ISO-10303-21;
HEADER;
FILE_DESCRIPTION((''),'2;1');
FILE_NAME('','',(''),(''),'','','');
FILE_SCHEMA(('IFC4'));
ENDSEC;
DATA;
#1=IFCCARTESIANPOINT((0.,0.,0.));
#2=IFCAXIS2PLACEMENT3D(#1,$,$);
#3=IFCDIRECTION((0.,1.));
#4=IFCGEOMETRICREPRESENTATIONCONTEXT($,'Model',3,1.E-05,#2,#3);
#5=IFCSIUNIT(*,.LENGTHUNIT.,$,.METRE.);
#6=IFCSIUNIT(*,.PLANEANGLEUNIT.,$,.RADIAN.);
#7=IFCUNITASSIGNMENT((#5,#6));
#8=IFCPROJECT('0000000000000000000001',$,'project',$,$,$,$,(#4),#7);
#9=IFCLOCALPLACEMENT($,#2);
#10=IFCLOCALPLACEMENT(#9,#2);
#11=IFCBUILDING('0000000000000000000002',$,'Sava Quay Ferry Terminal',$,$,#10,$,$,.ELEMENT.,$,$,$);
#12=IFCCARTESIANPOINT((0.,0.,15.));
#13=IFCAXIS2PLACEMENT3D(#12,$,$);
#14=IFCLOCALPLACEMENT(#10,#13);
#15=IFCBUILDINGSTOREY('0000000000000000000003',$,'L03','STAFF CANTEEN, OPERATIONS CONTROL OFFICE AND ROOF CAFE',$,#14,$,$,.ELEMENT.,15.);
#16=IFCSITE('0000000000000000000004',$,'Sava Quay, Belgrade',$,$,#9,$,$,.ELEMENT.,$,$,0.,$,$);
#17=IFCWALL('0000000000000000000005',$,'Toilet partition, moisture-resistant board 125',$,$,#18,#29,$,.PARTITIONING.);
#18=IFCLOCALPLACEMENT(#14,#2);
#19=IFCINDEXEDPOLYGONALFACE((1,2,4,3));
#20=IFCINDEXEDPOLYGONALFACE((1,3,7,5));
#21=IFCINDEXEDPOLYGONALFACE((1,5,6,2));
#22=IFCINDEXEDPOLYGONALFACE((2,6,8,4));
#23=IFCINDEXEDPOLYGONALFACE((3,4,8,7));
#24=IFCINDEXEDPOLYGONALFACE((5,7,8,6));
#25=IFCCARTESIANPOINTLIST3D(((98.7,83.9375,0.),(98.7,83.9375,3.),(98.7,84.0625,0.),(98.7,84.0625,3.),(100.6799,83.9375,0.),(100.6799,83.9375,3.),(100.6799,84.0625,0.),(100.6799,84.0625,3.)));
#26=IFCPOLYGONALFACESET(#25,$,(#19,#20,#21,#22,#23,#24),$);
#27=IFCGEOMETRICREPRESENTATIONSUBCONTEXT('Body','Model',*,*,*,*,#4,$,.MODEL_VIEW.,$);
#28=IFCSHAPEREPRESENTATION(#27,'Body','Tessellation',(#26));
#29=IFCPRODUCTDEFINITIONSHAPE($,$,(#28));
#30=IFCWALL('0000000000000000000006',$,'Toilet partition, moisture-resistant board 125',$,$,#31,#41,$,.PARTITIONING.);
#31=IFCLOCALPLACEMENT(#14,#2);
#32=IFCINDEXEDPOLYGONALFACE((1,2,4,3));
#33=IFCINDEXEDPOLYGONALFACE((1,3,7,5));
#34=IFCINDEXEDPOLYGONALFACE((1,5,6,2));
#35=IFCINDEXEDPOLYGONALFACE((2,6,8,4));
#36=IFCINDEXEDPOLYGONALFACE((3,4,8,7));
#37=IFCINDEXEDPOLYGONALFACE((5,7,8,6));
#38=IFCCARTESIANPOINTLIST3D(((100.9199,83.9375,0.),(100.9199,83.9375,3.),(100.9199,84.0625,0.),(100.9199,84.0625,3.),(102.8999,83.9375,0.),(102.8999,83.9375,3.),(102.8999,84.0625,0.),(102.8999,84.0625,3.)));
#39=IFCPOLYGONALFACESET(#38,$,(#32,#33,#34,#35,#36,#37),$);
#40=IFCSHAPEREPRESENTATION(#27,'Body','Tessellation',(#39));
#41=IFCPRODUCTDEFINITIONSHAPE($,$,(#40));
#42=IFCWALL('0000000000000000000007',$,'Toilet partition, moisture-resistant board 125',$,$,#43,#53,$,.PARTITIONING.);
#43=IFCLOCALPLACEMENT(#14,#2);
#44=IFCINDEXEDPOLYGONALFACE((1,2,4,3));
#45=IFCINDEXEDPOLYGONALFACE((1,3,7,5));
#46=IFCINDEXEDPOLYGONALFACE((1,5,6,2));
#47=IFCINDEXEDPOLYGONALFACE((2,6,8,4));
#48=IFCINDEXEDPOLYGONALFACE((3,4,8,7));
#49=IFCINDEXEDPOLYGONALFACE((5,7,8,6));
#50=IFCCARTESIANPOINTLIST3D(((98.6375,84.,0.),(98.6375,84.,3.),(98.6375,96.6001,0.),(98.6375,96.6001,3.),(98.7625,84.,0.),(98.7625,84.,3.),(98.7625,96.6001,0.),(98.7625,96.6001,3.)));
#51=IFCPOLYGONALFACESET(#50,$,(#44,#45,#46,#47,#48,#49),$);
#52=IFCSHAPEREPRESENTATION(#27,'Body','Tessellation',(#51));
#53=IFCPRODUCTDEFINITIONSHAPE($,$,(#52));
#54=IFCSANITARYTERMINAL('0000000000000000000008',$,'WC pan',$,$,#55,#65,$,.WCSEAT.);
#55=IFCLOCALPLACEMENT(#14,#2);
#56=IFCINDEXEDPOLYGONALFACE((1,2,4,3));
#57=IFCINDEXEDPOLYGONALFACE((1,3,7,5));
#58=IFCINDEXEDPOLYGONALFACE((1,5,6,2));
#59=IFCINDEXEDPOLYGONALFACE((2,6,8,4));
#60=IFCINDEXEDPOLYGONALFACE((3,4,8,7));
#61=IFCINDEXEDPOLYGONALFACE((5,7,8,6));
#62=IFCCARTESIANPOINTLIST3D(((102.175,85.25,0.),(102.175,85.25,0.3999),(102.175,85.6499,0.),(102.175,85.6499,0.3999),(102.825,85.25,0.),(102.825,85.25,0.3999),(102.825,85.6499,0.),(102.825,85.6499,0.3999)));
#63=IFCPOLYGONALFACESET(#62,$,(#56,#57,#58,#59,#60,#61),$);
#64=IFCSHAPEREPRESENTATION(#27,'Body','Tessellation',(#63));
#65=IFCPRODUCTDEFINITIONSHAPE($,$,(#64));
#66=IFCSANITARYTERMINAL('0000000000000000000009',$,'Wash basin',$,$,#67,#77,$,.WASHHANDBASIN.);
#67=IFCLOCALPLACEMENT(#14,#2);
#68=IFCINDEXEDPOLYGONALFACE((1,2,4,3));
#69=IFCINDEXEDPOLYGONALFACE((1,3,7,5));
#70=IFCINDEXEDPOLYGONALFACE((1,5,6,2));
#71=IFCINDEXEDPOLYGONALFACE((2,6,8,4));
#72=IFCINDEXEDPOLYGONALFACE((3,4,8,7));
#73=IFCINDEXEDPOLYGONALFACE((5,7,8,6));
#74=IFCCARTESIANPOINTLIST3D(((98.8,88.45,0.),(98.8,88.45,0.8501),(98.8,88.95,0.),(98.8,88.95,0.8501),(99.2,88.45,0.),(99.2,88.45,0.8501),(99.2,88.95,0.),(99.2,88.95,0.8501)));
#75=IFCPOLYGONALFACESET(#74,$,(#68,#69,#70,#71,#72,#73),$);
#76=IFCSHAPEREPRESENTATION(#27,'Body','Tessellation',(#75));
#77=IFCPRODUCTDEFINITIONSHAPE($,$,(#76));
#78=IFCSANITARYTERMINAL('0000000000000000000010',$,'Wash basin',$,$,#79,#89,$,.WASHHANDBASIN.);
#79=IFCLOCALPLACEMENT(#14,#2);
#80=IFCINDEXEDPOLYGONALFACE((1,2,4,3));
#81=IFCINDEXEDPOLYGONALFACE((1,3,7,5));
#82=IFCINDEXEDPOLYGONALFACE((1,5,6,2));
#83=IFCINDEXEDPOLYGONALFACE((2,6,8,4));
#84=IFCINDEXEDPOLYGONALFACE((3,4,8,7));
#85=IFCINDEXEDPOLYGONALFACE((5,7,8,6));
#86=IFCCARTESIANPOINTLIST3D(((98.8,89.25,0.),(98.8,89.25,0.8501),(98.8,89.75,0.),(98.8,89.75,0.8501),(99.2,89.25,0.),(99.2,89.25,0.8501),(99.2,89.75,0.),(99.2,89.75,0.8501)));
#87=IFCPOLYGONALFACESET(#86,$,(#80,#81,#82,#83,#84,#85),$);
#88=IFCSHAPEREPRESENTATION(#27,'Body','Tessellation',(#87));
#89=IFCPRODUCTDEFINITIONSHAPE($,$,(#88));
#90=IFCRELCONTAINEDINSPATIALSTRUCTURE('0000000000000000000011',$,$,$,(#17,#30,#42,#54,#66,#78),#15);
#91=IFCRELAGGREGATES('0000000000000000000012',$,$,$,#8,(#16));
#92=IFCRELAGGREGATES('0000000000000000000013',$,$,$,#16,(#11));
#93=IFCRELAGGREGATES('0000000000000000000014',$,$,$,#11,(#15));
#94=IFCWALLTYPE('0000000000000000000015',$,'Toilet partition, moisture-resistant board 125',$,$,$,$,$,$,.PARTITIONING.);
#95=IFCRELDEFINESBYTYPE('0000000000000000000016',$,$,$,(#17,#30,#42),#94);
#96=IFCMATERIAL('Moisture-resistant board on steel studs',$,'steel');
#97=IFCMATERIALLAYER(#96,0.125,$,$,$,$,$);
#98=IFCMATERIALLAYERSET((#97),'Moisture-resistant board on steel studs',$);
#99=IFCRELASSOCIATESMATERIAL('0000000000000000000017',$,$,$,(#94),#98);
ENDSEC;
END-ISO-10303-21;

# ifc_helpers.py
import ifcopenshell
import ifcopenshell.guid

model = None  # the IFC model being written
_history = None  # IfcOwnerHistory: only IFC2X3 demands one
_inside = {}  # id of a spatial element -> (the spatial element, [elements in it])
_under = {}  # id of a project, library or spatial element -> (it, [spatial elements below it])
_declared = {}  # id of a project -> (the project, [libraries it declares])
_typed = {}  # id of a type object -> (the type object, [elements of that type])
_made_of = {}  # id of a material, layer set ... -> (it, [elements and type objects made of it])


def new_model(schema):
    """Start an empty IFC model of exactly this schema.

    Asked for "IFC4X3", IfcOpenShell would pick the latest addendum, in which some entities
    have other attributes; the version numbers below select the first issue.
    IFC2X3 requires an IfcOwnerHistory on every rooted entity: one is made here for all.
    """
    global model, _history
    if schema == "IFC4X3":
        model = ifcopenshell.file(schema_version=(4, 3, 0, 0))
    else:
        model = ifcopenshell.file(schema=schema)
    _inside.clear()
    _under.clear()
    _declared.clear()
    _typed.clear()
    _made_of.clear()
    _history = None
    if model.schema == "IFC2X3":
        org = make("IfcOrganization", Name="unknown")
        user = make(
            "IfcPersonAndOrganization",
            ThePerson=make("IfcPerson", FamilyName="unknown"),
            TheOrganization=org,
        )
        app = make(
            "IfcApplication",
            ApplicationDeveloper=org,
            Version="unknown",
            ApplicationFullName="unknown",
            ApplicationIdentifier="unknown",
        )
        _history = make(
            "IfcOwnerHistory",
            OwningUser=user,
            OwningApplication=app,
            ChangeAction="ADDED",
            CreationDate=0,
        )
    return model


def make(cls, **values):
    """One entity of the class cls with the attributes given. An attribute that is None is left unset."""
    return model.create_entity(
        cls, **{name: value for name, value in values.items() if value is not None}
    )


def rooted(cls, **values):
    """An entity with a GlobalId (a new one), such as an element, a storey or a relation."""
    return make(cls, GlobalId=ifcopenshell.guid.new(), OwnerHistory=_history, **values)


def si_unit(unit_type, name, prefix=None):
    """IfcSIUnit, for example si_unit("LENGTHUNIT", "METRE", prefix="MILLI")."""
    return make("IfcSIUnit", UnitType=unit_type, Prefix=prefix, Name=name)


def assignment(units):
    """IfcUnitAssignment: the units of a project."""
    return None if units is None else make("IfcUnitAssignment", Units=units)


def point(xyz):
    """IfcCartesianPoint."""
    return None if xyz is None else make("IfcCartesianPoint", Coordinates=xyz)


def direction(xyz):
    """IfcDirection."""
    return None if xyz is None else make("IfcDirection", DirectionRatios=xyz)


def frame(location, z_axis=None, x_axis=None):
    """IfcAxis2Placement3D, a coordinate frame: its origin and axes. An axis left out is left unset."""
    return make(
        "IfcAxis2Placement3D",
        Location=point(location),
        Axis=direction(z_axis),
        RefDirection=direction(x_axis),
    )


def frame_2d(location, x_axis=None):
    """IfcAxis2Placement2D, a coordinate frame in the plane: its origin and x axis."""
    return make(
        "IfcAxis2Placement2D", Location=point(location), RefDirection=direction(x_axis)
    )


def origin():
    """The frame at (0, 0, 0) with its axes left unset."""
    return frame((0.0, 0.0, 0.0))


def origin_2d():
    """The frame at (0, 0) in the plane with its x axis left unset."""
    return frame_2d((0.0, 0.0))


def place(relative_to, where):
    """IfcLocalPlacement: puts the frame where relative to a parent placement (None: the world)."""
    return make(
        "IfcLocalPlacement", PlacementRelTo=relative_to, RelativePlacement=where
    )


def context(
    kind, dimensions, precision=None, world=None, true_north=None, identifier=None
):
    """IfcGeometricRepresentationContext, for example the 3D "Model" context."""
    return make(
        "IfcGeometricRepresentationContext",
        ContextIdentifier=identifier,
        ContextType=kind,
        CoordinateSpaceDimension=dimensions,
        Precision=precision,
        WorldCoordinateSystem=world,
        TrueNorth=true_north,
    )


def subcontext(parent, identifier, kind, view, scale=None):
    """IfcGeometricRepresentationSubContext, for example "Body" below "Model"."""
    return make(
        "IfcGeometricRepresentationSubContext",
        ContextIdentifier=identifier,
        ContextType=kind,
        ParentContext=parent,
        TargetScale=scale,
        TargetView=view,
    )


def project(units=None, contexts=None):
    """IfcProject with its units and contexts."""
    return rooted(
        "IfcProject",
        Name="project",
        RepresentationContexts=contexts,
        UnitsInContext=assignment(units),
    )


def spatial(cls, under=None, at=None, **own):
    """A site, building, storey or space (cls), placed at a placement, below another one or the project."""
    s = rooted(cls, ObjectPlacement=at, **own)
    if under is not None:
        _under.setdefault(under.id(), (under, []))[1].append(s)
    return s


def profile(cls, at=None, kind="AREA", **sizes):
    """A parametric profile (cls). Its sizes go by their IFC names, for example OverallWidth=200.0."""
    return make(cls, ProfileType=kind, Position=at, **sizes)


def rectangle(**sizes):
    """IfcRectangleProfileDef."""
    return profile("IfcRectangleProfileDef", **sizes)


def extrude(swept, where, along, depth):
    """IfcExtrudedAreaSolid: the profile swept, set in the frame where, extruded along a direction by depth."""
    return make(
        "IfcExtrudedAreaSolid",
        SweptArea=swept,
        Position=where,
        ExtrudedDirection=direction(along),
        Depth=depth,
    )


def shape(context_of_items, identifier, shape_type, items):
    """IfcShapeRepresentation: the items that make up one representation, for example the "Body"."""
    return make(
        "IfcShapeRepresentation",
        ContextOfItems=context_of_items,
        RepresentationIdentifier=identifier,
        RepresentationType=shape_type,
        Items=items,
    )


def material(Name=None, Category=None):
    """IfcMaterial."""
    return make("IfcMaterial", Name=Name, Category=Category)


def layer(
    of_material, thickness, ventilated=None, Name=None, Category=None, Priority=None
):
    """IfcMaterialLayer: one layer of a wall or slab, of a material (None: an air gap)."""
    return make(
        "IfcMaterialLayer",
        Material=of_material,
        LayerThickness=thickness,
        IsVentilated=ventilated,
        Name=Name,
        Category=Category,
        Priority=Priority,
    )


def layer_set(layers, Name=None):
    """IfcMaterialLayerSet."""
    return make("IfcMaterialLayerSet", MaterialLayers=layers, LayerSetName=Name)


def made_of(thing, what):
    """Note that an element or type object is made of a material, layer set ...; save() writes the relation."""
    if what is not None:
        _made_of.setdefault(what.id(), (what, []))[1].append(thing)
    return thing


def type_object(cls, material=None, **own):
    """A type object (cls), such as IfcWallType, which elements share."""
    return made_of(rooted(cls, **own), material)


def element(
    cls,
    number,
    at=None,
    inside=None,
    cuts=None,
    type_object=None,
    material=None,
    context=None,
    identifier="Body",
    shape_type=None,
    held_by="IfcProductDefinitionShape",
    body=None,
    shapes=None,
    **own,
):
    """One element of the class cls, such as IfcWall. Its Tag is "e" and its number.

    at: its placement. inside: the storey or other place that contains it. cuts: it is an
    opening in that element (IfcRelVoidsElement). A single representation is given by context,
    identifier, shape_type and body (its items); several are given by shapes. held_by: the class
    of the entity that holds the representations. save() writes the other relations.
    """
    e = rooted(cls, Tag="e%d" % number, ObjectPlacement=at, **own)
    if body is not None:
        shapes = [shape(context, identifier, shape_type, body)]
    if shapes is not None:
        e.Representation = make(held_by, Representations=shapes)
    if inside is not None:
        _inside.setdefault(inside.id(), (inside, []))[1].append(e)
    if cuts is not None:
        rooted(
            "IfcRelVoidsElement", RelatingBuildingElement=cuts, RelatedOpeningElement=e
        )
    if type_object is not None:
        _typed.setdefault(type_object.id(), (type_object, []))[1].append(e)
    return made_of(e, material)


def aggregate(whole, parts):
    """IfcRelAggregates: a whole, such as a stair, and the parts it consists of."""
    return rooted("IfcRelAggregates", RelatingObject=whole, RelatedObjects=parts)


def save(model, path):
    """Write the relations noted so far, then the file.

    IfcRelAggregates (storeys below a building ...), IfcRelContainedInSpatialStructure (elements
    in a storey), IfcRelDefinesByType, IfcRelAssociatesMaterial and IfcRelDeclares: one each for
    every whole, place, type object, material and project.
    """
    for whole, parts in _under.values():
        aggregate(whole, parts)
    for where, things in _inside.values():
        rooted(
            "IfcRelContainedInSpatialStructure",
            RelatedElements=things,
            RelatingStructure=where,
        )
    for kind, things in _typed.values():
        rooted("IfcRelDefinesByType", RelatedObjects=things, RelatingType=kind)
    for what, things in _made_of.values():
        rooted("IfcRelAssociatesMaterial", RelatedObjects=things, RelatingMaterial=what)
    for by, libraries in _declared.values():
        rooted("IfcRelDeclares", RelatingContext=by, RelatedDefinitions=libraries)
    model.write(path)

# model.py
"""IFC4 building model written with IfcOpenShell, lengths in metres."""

from ifc_helpers import new_model, si_unit, direction, frame, frame_2d, origin, origin_2d, place, context, subcontext, project, spatial, rectangle, extrude, material, layer, layer_set, type_object, element, save


model = new_model("IFC4")

# Units and contexts
model_context = context("Model", 3, precision=1e-05, world=origin(), true_north=direction((0.0, 1.0)))
body_context = subcontext(model_context, "Body", "Model", "MODEL_VIEW")
ifc_project = project(units=[si_unit("LENGTHUNIT", "METRE"), si_unit("PLANEANGLEUNIT", "RADIAN")], contexts=[model_context])

# Site, building, storey
site_placement = place(None, origin())
site = spatial("IfcSite", under=ifc_project, at=site_placement, Name="Sava Quay, Belgrade", CompositionType="ELEMENT", RefElevation=0.0)
building_placement = place(site_placement, origin())
building = spatial("IfcBuilding", under=site, at=building_placement, Name="Sava Quay Ferry Terminal", CompositionType="ELEMENT")
storey_placement = place(building_placement, frame((0.0, 0.0, 15.0)))
storey = spatial("IfcBuildingStorey", under=building, at=storey_placement, Name="L03", Description="STAFF CANTEEN, OPERATIONS CONTROL OFFICE AND ROOF CAFE", CompositionType="ELEMENT", Elevation=15.0)

# Walls
ifc_material_1 = material(Name="Moisture-resistant board on steel studs", Category="steel")
ifc_layer_1 = layer(ifc_material_1, 0.125)
ifc_layer_set_1 = layer_set([ifc_layer_1], Name="Moisture-resistant board on steel studs")
wall_type_1 = type_object("IfcWallType", Name="Toilet partition, moisture-resistant board 125", PredefinedType="PARTITIONING", material=ifc_layer_set_1)
for number, where, z_axis, x_axis, name in (
    (1, (98.7, 84.0, 0.0), (0.0, 0.0, 1.0), (1.0, 0.0, 0.0), "Toilet partition, moisture-resistant board 125"),
    (2, (100.9199, 84.0, 0.0), (0.0, 0.0, 1.0), (1.0, 0.0, 0.0), "Toilet partition, moisture-resistant board 125"),
):
    element("IfcWall", number, at=place(storey_placement, frame(where, z_axis=z_axis, x_axis=x_axis)), inside=storey, type_object=wall_type_1, Name=name, PredefinedType="PARTITIONING", context=body_context, shape_type="SweptSolid", body=[
        extrude(rectangle(XDim=1.98, YDim=0.125, at=frame_2d((0.99, 0.0))), origin(), (0.0, 0.0, 1.0), 3.0),
    ])
wall_1_placement = place(storey_placement, frame((98.7, 84.0, 0.0), z_axis=(0.0, 0.0, 1.0), x_axis=(0.0, 1.0, 0.0)))
element("IfcWall", 3, at=wall_1_placement, inside=storey, type_object=wall_type_1, Name="Toilet partition, moisture-resistant board 125", PredefinedType="PARTITIONING", context=body_context, shape_type="SweptSolid", body=[
    extrude(rectangle(XDim=12.6001, YDim=0.125, at=frame_2d((6.3, 0.0))), origin(), (0.0, 0.0, 1.0), 3.0),
])

# Sanitary terminals
sanitary_terminal_placement = place(storey_placement, frame((102.5, 85.45, 0.0), z_axis=(0.0, 0.0, 1.0), x_axis=(1.0, 0.0, 0.0)))
element("IfcSanitaryTerminal", 4, at=sanitary_terminal_placement, inside=storey, Name="WC pan", PredefinedType="WCSEAT", context=body_context, shape_type="SweptSolid", body=[
    extrude(rectangle(XDim=0.6499, YDim=0.3999, at=origin_2d()), origin(), (0.0, 0.0, 1.0), 0.3999),
])
for number, where, z_axis, x_axis, name in (
    (5, (99.0, 88.7, 0.0), (0.0, 0.0, 1.0), (1.0, 0.0, 0.0), "Wash basin"),
    (6, (99.0, 89.5, 0.0), (0.0, 0.0, 1.0), (1.0, 0.0, 0.0), "Wash basin"),
):
    element("IfcSanitaryTerminal", number, at=place(storey_placement, frame(where, z_axis=z_axis, x_axis=x_axis)), inside=storey, Name=name, PredefinedType="WASHHANDBASIN", context=body_context, shape_type="SweptSolid", body=[
        extrude(rectangle(XDim=0.3999, YDim=0.5, at=origin_2d()), origin(), (0.0, 0.0, 1.0), 0.8501),
    ])

save(model, "model.ifc")
